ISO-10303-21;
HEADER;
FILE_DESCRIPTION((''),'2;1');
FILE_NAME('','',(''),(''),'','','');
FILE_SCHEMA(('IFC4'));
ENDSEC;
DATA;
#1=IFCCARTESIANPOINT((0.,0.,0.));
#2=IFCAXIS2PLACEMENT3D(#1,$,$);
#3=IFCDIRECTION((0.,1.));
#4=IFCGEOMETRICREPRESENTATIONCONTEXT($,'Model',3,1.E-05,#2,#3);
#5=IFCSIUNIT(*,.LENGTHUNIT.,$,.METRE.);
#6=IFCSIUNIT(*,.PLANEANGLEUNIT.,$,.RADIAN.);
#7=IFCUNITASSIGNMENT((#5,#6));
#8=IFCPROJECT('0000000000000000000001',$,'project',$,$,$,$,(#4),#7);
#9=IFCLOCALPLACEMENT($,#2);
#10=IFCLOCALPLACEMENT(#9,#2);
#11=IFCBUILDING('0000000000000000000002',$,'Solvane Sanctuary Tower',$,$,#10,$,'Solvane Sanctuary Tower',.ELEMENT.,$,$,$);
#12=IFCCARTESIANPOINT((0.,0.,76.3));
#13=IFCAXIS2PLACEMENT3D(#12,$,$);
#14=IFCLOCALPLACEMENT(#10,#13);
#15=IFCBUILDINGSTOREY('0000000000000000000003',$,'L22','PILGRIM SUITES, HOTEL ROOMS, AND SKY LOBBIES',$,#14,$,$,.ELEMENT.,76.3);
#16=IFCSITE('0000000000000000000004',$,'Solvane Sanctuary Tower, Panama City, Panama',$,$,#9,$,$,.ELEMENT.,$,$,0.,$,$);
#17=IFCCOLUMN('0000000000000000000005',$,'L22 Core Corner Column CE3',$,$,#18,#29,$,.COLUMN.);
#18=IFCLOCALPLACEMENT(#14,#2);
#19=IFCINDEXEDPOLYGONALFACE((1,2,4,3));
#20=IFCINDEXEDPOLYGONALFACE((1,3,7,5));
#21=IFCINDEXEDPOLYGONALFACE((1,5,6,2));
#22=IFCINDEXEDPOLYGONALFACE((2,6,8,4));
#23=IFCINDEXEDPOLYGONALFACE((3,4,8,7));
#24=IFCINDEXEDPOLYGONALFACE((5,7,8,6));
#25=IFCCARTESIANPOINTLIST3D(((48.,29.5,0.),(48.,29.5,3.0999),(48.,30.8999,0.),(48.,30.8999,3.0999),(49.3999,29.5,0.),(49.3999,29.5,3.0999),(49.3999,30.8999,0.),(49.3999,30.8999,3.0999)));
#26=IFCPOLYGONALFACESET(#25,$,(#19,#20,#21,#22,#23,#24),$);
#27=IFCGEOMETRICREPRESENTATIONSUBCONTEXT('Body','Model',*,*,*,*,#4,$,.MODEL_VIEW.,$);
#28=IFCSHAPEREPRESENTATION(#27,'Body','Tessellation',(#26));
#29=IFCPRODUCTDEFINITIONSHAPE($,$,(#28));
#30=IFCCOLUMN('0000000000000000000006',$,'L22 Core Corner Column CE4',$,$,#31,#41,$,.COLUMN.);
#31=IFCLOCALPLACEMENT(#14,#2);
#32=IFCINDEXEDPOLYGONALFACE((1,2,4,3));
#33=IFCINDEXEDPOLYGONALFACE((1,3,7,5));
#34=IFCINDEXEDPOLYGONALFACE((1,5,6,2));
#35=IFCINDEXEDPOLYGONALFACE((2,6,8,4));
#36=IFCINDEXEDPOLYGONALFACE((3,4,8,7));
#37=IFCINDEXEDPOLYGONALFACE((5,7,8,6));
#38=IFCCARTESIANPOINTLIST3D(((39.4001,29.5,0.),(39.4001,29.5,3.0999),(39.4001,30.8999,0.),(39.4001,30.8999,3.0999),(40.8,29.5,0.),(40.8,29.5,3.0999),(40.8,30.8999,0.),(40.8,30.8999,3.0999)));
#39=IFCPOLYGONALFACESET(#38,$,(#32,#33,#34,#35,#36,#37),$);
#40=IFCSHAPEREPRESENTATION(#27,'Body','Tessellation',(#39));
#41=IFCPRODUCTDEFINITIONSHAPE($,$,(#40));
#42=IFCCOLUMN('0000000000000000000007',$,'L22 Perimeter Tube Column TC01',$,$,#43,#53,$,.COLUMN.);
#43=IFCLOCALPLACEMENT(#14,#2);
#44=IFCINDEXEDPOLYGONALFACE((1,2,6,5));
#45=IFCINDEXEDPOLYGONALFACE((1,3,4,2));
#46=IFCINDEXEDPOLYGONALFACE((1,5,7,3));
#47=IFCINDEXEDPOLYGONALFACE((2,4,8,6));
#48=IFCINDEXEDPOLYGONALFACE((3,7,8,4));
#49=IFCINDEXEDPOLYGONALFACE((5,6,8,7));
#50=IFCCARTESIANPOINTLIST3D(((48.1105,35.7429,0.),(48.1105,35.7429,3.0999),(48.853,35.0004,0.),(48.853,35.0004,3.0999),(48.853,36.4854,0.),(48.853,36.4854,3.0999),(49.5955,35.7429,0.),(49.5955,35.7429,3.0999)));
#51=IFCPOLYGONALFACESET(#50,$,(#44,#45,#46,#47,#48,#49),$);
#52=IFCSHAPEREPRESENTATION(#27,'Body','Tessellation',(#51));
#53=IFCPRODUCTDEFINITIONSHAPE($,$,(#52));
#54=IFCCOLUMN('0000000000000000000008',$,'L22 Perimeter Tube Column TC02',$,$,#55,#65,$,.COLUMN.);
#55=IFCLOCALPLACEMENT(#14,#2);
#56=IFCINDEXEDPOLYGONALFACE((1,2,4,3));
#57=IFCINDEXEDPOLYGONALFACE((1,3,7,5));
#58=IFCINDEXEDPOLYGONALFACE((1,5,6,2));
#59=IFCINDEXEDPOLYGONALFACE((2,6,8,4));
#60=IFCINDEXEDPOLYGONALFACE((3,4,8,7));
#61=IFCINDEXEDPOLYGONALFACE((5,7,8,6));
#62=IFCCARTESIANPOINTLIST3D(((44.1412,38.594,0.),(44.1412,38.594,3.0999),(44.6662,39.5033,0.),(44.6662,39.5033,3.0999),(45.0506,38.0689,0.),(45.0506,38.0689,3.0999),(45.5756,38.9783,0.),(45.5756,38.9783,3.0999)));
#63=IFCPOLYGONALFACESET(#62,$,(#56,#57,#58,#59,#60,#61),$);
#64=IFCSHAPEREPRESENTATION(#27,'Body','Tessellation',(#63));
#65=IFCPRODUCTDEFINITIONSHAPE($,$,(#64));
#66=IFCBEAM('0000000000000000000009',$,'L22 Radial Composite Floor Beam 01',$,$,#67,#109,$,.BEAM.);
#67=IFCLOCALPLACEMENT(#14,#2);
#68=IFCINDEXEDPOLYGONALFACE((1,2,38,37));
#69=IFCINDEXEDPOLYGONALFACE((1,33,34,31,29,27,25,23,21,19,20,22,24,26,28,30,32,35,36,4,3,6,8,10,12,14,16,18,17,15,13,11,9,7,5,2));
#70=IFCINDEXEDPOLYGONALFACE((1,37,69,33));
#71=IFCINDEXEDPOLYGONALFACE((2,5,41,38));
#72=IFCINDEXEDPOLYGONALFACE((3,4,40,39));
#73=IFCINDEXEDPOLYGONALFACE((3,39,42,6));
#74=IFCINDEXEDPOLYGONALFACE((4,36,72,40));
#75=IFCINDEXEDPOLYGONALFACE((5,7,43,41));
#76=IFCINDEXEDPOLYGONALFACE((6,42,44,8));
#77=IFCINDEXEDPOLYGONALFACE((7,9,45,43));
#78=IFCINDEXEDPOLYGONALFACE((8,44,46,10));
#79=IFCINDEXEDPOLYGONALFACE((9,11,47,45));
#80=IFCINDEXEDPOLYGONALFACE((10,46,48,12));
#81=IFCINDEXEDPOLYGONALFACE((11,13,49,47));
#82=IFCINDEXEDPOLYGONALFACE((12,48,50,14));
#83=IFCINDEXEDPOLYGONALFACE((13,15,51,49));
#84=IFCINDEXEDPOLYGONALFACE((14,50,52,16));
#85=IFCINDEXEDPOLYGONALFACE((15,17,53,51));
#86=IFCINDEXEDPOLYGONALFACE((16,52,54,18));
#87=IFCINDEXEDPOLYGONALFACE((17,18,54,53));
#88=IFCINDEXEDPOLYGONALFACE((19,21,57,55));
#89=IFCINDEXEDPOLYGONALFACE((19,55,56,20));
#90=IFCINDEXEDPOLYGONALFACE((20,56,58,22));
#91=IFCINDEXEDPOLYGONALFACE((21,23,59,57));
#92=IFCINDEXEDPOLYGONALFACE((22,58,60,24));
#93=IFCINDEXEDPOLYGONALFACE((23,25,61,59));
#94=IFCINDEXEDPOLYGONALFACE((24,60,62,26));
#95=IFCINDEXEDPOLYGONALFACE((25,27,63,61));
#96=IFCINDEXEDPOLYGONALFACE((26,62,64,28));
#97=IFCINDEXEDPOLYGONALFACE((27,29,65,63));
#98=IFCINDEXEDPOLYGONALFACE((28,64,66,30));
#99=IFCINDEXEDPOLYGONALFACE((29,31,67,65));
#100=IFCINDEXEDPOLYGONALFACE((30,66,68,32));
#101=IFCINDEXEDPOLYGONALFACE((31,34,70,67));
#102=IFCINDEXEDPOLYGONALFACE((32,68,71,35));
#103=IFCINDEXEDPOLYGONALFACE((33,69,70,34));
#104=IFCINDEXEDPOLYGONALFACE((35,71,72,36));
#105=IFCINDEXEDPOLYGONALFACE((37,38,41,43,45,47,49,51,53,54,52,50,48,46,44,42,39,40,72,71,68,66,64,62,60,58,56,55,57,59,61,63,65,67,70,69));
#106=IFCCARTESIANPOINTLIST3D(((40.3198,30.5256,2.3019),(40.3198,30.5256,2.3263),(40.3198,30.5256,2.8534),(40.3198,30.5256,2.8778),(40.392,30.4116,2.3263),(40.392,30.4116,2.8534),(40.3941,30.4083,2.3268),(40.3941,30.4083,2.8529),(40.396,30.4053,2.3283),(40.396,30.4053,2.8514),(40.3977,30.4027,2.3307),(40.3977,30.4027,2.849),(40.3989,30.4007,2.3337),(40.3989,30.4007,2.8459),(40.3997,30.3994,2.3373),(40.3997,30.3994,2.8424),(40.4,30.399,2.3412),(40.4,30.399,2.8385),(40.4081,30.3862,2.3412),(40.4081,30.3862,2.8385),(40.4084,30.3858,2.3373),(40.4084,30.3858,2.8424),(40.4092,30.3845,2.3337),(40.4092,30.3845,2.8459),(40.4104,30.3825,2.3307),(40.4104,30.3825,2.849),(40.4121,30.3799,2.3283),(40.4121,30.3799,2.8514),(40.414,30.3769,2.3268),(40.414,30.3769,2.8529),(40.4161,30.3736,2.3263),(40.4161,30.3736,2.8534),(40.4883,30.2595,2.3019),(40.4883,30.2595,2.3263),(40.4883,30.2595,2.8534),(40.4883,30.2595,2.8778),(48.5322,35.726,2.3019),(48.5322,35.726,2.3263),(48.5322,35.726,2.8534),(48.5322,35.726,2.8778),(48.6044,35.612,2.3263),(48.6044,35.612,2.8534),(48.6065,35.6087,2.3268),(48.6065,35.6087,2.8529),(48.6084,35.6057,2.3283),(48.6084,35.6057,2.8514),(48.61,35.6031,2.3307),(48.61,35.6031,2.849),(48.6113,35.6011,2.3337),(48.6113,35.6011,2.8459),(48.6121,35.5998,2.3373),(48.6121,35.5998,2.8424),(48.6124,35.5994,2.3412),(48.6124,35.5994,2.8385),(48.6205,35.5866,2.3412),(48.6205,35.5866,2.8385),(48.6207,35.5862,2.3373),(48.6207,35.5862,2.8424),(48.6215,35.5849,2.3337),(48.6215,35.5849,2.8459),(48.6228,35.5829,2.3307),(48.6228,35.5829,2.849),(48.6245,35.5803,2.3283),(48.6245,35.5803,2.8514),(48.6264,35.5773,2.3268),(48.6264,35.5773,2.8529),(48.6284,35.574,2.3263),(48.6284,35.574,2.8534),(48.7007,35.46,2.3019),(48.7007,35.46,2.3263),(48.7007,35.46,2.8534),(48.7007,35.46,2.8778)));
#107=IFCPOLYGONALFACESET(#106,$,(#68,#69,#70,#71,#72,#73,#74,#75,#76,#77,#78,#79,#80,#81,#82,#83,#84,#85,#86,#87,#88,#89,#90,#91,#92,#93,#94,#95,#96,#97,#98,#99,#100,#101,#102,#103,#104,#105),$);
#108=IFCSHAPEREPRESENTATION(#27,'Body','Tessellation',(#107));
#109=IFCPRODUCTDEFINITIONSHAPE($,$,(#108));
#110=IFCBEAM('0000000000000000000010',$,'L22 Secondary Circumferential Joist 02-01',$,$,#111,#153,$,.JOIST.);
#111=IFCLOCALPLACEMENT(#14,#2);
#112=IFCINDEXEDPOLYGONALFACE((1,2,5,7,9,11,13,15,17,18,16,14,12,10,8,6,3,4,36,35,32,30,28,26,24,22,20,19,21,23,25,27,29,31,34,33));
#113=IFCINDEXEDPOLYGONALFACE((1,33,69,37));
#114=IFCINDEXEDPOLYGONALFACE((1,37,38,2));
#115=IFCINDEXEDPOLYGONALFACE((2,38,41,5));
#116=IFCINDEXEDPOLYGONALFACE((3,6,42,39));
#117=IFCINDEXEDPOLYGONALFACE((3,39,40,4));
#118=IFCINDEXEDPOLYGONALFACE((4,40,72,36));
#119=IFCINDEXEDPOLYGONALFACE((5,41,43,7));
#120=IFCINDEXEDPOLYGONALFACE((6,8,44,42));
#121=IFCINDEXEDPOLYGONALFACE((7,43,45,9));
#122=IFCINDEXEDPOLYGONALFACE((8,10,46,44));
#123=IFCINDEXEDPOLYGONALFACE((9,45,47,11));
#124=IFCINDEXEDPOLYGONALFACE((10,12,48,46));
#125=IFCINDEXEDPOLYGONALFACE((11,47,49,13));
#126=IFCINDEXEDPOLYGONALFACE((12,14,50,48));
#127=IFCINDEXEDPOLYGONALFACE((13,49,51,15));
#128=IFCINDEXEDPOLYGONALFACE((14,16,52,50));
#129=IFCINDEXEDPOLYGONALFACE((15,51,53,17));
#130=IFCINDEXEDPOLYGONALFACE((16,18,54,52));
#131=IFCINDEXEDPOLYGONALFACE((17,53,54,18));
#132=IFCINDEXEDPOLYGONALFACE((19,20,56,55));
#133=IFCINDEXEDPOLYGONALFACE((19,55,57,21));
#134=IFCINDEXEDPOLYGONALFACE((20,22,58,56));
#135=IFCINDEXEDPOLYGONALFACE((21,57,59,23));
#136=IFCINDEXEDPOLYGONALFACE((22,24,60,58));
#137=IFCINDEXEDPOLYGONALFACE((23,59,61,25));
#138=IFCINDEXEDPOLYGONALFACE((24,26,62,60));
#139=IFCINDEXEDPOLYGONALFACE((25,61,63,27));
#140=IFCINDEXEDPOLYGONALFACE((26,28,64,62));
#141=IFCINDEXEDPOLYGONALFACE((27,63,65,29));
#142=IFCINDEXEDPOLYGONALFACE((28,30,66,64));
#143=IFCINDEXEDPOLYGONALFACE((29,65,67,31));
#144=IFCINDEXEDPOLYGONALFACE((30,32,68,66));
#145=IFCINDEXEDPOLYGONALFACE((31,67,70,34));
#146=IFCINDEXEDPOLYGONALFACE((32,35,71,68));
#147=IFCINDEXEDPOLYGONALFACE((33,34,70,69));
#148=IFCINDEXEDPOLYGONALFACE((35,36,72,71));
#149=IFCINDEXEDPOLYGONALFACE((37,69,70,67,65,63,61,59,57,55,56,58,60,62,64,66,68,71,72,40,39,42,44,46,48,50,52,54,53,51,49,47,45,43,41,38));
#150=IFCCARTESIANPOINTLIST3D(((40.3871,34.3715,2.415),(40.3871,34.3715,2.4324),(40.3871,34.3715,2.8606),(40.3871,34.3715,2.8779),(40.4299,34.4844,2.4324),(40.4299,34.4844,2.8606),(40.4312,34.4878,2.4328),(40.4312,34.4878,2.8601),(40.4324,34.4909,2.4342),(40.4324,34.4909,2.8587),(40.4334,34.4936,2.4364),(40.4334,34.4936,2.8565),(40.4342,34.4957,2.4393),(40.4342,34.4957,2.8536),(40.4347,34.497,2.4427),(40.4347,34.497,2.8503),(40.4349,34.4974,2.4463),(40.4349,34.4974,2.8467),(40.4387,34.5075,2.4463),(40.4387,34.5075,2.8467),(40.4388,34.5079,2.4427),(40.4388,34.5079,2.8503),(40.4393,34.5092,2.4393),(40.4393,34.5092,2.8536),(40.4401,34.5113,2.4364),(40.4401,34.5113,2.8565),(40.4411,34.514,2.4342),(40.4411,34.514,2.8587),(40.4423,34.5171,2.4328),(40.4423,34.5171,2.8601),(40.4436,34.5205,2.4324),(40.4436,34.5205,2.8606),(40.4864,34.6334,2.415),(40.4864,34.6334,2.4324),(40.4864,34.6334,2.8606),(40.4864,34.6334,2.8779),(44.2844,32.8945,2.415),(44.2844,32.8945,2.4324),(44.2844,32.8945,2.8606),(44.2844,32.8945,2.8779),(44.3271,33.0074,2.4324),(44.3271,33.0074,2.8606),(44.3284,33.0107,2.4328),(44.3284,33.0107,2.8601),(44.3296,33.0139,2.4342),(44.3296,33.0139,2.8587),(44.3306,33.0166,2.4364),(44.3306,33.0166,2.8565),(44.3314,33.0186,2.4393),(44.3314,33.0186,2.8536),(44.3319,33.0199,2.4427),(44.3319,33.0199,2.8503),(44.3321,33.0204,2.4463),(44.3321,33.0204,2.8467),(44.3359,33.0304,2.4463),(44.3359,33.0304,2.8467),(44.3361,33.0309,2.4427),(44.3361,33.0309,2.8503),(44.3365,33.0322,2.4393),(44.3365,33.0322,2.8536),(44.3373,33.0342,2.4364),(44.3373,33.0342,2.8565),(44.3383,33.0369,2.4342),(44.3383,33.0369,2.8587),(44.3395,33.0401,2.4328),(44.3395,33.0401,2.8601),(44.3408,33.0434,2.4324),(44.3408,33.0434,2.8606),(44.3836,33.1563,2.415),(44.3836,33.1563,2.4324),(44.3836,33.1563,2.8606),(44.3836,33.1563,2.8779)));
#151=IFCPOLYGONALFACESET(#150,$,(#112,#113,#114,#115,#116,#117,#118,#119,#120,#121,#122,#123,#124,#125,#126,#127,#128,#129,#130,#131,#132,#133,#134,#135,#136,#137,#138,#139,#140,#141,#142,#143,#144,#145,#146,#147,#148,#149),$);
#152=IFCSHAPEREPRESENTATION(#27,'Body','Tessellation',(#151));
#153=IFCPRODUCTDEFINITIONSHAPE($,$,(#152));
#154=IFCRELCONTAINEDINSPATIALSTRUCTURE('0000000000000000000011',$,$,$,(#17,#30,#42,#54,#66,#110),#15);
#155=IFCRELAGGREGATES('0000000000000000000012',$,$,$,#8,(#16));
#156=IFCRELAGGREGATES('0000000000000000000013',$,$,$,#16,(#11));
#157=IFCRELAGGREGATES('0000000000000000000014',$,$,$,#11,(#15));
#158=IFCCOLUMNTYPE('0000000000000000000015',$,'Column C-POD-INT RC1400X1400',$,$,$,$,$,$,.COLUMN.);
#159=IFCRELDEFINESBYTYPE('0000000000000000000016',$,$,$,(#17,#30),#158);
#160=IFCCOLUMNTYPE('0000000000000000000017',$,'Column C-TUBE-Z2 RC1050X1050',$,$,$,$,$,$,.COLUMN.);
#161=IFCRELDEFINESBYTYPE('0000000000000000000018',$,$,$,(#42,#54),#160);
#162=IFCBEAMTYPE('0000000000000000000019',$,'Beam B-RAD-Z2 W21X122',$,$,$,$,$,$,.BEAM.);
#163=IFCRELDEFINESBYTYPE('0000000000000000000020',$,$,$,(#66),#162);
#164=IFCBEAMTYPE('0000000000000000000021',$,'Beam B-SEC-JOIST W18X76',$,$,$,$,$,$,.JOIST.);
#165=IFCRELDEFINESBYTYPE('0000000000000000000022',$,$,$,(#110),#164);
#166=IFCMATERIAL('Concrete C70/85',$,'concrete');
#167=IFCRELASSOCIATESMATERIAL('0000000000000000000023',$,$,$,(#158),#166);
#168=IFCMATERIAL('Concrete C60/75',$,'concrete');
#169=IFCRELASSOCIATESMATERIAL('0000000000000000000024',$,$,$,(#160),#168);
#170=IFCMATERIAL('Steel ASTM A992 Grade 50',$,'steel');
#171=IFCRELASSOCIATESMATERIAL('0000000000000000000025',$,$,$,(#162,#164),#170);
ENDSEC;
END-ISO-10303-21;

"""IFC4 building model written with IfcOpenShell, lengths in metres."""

from ifc_helpers import new_model, si_unit, direction, frame, origin, origin_2d, place, context, subcontext, project, spatial, rectangle, i_section, extrude, material, material_profile, profile_set, type_object, element, save


model = new_model("IFC4")

# Units and contexts
model_context = context("Model", 3, precision=1e-05, world=origin(), true_north=direction((0.0, 1.0)))
body_context = subcontext(model_context, "Body", "Model", "MODEL_VIEW")
ifc_project = project(units=[si_unit("LENGTHUNIT", "METRE"), si_unit("PLANEANGLEUNIT", "RADIAN")], contexts=[model_context])

# Site, building, storey
site_placement = place(None, origin())
site = spatial("IfcSite", under=ifc_project, at=site_placement, Name="Solvane Sanctuary Tower, Panama City, Panama", CompositionType="ELEMENT", RefElevation=0.0)
building_placement = place(site_placement, origin())
building = spatial("IfcBuilding", under=site, at=building_placement, Name="Solvane Sanctuary Tower", LongName="Solvane Sanctuary Tower", CompositionType="ELEMENT")
storey_placement = place(building_placement, frame((0.0, 0.0, 76.3)))
storey = spatial("IfcBuildingStorey", under=building, at=storey_placement, Name="L22", Description="PILGRIM SUITES, HOTEL ROOMS, AND SKY LOBBIES", CompositionType="ELEMENT", Elevation=76.3)

# Columns
ifc_material_1 = material(Name="Concrete C70/85", Category="concrete")
ifc_material_profile_1 = material_profile(ifc_material_1, rectangle(XDim=1.3999, YDim=1.3999, at=origin_2d()), Name="RC1400X1400")
ifc_profile_set_1 = profile_set([ifc_material_profile_1], Name="Concrete C70/85")
column_type_1 = type_object("IfcColumnType", Name="Column C-POD-INT RC1400X1400", PredefinedType="COLUMN", material=ifc_profile_set_1)
for number, where, z_axis, x_axis, name in (
    (1, (48.7, 30.2, 0.0), (0.0, 0.0, 1.0), (1.0, 0.0, 0.0), "L22 Core Corner Column CE3"),
    (2, (40.1001, 30.2, 0.0), (0.0, 0.0, 1.0), (1.0, 0.0, 0.0), "L22 Core Corner Column CE4"),
):
    element("IfcColumn", number, at=place(storey_placement, frame(where, z_axis=z_axis, x_axis=x_axis)), inside=storey, type_object=column_type_1, Name=name, PredefinedType="COLUMN", context=body_context, shape_type="SweptSolid", body=[
        extrude(rectangle(XDim=1.3999, YDim=1.3999, at=origin_2d()), origin(), (0.0, 0.0, 1.0), 3.0999),
    ])
ifc_material_2 = material(Name="Concrete C60/75", Category="concrete")
ifc_material_profile_2 = material_profile(ifc_material_2, rectangle(XDim=1.05, YDim=1.05, at=origin_2d()), Name="RC1050X1050")
ifc_profile_set_2 = profile_set([ifc_material_profile_2], Name="Concrete C60/75")
column_type_2 = type_object("IfcColumnType", Name="Column C-TUBE-Z2 RC1050X1050", PredefinedType="COLUMN", material=ifc_profile_set_2)
for number, where, z_axis, x_axis, name in (
    (3, (48.853, 35.7429, 0.0), (0.0, 0.0, 1.0), (0.707107, 0.707107, 0.0), "L22 Perimeter Tube Column TC01"),
    (4, (44.8584, 38.7861, 0.0), (0.0, 0.0, 1.0), (0.5, 0.866025, 0.0), "L22 Perimeter Tube Column TC02"),
):
    element("IfcColumn", number, at=place(storey_placement, frame(where, z_axis=z_axis, x_axis=x_axis)), inside=storey, type_object=column_type_2, Name=name, PredefinedType="COLUMN", context=body_context, shape_type="SweptSolid", body=[
        extrude(rectangle(XDim=1.05, YDim=1.05, at=origin_2d()), origin(), (0.0, 0.0, 1.0), 3.0999),
    ])

# Beams
ifc_material_3 = material(Name="Steel ASTM A992 Grade 50", Category="steel")
ifc_material_profile_3 = material_profile(ifc_material_3, i_section(OverallWidth=0.3149, OverallDepth=0.5759, WebThickness=0.0151, FlangeThickness=0.0244, FilletRadius=0.0149, at=origin_2d()), Name="W21X122")
ifc_profile_set_3 = profile_set([ifc_material_profile_3], Name="Steel ASTM A992 Grade 50")
beam_type_1 = type_object("IfcBeamType", Name="Beam B-RAD-Z2 W21X122", PredefinedType="BEAM", material=ifc_profile_set_3)
beam_1_placement = place(storey_placement, frame((40.4041, 30.3926, 2.5898), z_axis=(0.844854, 0.534997, 0.0), x_axis=(-0.534997, 0.844854, 0.0)))
element("IfcBeam", 5, at=beam_1_placement, inside=storey, type_object=beam_type_1, Name="L22 Radial Composite Floor Beam 01", PredefinedType="BEAM", context=body_context, shape_type="SweptSolid", body=[
    extrude(i_section(OverallWidth=0.3149, OverallDepth=0.5759, WebThickness=0.0151, FlangeThickness=0.0244, FilletRadius=0.0149, at=origin_2d()), origin(), (0.0, 0.0, 1.0), 9.7205),
])
ifc_material_profile_4 = material_profile(ifc_material_3, i_section(OverallWidth=0.28, OverallDepth=0.4629, WebThickness=0.0107, FlangeThickness=0.0173, FilletRadius=0.0139, at=origin_2d()), Name="W18X76")
ifc_profile_set_4 = profile_set([ifc_material_profile_4], Name="Steel ASTM A992 Grade 50")
beam_type_2 = type_object("IfcBeamType", Name="Beam B-SEC-JOIST W18X76", PredefinedType="JOIST", material=ifc_profile_set_4)
beam_2_placement = place(storey_placement, frame((40.4368, 34.5024, 2.6465), z_axis=(0.935093, -0.354402, 0.0), x_axis=(0.354402, 0.935093, 0.0)))
element("IfcBeam", 6, at=beam_2_placement, inside=storey, type_object=beam_type_2, Name="L22 Secondary Circumferential Joist 02-01", PredefinedType="JOIST", context=body_context, shape_type="SweptSolid", body=[
    extrude(i_section(OverallWidth=0.28, OverallDepth=0.4629, WebThickness=0.0107, FlangeThickness=0.0173, FilletRadius=0.0139, at=origin_2d()), origin(), (0.0, 0.0, 1.0), 4.1677),
])

save(model, "model.ifc")
